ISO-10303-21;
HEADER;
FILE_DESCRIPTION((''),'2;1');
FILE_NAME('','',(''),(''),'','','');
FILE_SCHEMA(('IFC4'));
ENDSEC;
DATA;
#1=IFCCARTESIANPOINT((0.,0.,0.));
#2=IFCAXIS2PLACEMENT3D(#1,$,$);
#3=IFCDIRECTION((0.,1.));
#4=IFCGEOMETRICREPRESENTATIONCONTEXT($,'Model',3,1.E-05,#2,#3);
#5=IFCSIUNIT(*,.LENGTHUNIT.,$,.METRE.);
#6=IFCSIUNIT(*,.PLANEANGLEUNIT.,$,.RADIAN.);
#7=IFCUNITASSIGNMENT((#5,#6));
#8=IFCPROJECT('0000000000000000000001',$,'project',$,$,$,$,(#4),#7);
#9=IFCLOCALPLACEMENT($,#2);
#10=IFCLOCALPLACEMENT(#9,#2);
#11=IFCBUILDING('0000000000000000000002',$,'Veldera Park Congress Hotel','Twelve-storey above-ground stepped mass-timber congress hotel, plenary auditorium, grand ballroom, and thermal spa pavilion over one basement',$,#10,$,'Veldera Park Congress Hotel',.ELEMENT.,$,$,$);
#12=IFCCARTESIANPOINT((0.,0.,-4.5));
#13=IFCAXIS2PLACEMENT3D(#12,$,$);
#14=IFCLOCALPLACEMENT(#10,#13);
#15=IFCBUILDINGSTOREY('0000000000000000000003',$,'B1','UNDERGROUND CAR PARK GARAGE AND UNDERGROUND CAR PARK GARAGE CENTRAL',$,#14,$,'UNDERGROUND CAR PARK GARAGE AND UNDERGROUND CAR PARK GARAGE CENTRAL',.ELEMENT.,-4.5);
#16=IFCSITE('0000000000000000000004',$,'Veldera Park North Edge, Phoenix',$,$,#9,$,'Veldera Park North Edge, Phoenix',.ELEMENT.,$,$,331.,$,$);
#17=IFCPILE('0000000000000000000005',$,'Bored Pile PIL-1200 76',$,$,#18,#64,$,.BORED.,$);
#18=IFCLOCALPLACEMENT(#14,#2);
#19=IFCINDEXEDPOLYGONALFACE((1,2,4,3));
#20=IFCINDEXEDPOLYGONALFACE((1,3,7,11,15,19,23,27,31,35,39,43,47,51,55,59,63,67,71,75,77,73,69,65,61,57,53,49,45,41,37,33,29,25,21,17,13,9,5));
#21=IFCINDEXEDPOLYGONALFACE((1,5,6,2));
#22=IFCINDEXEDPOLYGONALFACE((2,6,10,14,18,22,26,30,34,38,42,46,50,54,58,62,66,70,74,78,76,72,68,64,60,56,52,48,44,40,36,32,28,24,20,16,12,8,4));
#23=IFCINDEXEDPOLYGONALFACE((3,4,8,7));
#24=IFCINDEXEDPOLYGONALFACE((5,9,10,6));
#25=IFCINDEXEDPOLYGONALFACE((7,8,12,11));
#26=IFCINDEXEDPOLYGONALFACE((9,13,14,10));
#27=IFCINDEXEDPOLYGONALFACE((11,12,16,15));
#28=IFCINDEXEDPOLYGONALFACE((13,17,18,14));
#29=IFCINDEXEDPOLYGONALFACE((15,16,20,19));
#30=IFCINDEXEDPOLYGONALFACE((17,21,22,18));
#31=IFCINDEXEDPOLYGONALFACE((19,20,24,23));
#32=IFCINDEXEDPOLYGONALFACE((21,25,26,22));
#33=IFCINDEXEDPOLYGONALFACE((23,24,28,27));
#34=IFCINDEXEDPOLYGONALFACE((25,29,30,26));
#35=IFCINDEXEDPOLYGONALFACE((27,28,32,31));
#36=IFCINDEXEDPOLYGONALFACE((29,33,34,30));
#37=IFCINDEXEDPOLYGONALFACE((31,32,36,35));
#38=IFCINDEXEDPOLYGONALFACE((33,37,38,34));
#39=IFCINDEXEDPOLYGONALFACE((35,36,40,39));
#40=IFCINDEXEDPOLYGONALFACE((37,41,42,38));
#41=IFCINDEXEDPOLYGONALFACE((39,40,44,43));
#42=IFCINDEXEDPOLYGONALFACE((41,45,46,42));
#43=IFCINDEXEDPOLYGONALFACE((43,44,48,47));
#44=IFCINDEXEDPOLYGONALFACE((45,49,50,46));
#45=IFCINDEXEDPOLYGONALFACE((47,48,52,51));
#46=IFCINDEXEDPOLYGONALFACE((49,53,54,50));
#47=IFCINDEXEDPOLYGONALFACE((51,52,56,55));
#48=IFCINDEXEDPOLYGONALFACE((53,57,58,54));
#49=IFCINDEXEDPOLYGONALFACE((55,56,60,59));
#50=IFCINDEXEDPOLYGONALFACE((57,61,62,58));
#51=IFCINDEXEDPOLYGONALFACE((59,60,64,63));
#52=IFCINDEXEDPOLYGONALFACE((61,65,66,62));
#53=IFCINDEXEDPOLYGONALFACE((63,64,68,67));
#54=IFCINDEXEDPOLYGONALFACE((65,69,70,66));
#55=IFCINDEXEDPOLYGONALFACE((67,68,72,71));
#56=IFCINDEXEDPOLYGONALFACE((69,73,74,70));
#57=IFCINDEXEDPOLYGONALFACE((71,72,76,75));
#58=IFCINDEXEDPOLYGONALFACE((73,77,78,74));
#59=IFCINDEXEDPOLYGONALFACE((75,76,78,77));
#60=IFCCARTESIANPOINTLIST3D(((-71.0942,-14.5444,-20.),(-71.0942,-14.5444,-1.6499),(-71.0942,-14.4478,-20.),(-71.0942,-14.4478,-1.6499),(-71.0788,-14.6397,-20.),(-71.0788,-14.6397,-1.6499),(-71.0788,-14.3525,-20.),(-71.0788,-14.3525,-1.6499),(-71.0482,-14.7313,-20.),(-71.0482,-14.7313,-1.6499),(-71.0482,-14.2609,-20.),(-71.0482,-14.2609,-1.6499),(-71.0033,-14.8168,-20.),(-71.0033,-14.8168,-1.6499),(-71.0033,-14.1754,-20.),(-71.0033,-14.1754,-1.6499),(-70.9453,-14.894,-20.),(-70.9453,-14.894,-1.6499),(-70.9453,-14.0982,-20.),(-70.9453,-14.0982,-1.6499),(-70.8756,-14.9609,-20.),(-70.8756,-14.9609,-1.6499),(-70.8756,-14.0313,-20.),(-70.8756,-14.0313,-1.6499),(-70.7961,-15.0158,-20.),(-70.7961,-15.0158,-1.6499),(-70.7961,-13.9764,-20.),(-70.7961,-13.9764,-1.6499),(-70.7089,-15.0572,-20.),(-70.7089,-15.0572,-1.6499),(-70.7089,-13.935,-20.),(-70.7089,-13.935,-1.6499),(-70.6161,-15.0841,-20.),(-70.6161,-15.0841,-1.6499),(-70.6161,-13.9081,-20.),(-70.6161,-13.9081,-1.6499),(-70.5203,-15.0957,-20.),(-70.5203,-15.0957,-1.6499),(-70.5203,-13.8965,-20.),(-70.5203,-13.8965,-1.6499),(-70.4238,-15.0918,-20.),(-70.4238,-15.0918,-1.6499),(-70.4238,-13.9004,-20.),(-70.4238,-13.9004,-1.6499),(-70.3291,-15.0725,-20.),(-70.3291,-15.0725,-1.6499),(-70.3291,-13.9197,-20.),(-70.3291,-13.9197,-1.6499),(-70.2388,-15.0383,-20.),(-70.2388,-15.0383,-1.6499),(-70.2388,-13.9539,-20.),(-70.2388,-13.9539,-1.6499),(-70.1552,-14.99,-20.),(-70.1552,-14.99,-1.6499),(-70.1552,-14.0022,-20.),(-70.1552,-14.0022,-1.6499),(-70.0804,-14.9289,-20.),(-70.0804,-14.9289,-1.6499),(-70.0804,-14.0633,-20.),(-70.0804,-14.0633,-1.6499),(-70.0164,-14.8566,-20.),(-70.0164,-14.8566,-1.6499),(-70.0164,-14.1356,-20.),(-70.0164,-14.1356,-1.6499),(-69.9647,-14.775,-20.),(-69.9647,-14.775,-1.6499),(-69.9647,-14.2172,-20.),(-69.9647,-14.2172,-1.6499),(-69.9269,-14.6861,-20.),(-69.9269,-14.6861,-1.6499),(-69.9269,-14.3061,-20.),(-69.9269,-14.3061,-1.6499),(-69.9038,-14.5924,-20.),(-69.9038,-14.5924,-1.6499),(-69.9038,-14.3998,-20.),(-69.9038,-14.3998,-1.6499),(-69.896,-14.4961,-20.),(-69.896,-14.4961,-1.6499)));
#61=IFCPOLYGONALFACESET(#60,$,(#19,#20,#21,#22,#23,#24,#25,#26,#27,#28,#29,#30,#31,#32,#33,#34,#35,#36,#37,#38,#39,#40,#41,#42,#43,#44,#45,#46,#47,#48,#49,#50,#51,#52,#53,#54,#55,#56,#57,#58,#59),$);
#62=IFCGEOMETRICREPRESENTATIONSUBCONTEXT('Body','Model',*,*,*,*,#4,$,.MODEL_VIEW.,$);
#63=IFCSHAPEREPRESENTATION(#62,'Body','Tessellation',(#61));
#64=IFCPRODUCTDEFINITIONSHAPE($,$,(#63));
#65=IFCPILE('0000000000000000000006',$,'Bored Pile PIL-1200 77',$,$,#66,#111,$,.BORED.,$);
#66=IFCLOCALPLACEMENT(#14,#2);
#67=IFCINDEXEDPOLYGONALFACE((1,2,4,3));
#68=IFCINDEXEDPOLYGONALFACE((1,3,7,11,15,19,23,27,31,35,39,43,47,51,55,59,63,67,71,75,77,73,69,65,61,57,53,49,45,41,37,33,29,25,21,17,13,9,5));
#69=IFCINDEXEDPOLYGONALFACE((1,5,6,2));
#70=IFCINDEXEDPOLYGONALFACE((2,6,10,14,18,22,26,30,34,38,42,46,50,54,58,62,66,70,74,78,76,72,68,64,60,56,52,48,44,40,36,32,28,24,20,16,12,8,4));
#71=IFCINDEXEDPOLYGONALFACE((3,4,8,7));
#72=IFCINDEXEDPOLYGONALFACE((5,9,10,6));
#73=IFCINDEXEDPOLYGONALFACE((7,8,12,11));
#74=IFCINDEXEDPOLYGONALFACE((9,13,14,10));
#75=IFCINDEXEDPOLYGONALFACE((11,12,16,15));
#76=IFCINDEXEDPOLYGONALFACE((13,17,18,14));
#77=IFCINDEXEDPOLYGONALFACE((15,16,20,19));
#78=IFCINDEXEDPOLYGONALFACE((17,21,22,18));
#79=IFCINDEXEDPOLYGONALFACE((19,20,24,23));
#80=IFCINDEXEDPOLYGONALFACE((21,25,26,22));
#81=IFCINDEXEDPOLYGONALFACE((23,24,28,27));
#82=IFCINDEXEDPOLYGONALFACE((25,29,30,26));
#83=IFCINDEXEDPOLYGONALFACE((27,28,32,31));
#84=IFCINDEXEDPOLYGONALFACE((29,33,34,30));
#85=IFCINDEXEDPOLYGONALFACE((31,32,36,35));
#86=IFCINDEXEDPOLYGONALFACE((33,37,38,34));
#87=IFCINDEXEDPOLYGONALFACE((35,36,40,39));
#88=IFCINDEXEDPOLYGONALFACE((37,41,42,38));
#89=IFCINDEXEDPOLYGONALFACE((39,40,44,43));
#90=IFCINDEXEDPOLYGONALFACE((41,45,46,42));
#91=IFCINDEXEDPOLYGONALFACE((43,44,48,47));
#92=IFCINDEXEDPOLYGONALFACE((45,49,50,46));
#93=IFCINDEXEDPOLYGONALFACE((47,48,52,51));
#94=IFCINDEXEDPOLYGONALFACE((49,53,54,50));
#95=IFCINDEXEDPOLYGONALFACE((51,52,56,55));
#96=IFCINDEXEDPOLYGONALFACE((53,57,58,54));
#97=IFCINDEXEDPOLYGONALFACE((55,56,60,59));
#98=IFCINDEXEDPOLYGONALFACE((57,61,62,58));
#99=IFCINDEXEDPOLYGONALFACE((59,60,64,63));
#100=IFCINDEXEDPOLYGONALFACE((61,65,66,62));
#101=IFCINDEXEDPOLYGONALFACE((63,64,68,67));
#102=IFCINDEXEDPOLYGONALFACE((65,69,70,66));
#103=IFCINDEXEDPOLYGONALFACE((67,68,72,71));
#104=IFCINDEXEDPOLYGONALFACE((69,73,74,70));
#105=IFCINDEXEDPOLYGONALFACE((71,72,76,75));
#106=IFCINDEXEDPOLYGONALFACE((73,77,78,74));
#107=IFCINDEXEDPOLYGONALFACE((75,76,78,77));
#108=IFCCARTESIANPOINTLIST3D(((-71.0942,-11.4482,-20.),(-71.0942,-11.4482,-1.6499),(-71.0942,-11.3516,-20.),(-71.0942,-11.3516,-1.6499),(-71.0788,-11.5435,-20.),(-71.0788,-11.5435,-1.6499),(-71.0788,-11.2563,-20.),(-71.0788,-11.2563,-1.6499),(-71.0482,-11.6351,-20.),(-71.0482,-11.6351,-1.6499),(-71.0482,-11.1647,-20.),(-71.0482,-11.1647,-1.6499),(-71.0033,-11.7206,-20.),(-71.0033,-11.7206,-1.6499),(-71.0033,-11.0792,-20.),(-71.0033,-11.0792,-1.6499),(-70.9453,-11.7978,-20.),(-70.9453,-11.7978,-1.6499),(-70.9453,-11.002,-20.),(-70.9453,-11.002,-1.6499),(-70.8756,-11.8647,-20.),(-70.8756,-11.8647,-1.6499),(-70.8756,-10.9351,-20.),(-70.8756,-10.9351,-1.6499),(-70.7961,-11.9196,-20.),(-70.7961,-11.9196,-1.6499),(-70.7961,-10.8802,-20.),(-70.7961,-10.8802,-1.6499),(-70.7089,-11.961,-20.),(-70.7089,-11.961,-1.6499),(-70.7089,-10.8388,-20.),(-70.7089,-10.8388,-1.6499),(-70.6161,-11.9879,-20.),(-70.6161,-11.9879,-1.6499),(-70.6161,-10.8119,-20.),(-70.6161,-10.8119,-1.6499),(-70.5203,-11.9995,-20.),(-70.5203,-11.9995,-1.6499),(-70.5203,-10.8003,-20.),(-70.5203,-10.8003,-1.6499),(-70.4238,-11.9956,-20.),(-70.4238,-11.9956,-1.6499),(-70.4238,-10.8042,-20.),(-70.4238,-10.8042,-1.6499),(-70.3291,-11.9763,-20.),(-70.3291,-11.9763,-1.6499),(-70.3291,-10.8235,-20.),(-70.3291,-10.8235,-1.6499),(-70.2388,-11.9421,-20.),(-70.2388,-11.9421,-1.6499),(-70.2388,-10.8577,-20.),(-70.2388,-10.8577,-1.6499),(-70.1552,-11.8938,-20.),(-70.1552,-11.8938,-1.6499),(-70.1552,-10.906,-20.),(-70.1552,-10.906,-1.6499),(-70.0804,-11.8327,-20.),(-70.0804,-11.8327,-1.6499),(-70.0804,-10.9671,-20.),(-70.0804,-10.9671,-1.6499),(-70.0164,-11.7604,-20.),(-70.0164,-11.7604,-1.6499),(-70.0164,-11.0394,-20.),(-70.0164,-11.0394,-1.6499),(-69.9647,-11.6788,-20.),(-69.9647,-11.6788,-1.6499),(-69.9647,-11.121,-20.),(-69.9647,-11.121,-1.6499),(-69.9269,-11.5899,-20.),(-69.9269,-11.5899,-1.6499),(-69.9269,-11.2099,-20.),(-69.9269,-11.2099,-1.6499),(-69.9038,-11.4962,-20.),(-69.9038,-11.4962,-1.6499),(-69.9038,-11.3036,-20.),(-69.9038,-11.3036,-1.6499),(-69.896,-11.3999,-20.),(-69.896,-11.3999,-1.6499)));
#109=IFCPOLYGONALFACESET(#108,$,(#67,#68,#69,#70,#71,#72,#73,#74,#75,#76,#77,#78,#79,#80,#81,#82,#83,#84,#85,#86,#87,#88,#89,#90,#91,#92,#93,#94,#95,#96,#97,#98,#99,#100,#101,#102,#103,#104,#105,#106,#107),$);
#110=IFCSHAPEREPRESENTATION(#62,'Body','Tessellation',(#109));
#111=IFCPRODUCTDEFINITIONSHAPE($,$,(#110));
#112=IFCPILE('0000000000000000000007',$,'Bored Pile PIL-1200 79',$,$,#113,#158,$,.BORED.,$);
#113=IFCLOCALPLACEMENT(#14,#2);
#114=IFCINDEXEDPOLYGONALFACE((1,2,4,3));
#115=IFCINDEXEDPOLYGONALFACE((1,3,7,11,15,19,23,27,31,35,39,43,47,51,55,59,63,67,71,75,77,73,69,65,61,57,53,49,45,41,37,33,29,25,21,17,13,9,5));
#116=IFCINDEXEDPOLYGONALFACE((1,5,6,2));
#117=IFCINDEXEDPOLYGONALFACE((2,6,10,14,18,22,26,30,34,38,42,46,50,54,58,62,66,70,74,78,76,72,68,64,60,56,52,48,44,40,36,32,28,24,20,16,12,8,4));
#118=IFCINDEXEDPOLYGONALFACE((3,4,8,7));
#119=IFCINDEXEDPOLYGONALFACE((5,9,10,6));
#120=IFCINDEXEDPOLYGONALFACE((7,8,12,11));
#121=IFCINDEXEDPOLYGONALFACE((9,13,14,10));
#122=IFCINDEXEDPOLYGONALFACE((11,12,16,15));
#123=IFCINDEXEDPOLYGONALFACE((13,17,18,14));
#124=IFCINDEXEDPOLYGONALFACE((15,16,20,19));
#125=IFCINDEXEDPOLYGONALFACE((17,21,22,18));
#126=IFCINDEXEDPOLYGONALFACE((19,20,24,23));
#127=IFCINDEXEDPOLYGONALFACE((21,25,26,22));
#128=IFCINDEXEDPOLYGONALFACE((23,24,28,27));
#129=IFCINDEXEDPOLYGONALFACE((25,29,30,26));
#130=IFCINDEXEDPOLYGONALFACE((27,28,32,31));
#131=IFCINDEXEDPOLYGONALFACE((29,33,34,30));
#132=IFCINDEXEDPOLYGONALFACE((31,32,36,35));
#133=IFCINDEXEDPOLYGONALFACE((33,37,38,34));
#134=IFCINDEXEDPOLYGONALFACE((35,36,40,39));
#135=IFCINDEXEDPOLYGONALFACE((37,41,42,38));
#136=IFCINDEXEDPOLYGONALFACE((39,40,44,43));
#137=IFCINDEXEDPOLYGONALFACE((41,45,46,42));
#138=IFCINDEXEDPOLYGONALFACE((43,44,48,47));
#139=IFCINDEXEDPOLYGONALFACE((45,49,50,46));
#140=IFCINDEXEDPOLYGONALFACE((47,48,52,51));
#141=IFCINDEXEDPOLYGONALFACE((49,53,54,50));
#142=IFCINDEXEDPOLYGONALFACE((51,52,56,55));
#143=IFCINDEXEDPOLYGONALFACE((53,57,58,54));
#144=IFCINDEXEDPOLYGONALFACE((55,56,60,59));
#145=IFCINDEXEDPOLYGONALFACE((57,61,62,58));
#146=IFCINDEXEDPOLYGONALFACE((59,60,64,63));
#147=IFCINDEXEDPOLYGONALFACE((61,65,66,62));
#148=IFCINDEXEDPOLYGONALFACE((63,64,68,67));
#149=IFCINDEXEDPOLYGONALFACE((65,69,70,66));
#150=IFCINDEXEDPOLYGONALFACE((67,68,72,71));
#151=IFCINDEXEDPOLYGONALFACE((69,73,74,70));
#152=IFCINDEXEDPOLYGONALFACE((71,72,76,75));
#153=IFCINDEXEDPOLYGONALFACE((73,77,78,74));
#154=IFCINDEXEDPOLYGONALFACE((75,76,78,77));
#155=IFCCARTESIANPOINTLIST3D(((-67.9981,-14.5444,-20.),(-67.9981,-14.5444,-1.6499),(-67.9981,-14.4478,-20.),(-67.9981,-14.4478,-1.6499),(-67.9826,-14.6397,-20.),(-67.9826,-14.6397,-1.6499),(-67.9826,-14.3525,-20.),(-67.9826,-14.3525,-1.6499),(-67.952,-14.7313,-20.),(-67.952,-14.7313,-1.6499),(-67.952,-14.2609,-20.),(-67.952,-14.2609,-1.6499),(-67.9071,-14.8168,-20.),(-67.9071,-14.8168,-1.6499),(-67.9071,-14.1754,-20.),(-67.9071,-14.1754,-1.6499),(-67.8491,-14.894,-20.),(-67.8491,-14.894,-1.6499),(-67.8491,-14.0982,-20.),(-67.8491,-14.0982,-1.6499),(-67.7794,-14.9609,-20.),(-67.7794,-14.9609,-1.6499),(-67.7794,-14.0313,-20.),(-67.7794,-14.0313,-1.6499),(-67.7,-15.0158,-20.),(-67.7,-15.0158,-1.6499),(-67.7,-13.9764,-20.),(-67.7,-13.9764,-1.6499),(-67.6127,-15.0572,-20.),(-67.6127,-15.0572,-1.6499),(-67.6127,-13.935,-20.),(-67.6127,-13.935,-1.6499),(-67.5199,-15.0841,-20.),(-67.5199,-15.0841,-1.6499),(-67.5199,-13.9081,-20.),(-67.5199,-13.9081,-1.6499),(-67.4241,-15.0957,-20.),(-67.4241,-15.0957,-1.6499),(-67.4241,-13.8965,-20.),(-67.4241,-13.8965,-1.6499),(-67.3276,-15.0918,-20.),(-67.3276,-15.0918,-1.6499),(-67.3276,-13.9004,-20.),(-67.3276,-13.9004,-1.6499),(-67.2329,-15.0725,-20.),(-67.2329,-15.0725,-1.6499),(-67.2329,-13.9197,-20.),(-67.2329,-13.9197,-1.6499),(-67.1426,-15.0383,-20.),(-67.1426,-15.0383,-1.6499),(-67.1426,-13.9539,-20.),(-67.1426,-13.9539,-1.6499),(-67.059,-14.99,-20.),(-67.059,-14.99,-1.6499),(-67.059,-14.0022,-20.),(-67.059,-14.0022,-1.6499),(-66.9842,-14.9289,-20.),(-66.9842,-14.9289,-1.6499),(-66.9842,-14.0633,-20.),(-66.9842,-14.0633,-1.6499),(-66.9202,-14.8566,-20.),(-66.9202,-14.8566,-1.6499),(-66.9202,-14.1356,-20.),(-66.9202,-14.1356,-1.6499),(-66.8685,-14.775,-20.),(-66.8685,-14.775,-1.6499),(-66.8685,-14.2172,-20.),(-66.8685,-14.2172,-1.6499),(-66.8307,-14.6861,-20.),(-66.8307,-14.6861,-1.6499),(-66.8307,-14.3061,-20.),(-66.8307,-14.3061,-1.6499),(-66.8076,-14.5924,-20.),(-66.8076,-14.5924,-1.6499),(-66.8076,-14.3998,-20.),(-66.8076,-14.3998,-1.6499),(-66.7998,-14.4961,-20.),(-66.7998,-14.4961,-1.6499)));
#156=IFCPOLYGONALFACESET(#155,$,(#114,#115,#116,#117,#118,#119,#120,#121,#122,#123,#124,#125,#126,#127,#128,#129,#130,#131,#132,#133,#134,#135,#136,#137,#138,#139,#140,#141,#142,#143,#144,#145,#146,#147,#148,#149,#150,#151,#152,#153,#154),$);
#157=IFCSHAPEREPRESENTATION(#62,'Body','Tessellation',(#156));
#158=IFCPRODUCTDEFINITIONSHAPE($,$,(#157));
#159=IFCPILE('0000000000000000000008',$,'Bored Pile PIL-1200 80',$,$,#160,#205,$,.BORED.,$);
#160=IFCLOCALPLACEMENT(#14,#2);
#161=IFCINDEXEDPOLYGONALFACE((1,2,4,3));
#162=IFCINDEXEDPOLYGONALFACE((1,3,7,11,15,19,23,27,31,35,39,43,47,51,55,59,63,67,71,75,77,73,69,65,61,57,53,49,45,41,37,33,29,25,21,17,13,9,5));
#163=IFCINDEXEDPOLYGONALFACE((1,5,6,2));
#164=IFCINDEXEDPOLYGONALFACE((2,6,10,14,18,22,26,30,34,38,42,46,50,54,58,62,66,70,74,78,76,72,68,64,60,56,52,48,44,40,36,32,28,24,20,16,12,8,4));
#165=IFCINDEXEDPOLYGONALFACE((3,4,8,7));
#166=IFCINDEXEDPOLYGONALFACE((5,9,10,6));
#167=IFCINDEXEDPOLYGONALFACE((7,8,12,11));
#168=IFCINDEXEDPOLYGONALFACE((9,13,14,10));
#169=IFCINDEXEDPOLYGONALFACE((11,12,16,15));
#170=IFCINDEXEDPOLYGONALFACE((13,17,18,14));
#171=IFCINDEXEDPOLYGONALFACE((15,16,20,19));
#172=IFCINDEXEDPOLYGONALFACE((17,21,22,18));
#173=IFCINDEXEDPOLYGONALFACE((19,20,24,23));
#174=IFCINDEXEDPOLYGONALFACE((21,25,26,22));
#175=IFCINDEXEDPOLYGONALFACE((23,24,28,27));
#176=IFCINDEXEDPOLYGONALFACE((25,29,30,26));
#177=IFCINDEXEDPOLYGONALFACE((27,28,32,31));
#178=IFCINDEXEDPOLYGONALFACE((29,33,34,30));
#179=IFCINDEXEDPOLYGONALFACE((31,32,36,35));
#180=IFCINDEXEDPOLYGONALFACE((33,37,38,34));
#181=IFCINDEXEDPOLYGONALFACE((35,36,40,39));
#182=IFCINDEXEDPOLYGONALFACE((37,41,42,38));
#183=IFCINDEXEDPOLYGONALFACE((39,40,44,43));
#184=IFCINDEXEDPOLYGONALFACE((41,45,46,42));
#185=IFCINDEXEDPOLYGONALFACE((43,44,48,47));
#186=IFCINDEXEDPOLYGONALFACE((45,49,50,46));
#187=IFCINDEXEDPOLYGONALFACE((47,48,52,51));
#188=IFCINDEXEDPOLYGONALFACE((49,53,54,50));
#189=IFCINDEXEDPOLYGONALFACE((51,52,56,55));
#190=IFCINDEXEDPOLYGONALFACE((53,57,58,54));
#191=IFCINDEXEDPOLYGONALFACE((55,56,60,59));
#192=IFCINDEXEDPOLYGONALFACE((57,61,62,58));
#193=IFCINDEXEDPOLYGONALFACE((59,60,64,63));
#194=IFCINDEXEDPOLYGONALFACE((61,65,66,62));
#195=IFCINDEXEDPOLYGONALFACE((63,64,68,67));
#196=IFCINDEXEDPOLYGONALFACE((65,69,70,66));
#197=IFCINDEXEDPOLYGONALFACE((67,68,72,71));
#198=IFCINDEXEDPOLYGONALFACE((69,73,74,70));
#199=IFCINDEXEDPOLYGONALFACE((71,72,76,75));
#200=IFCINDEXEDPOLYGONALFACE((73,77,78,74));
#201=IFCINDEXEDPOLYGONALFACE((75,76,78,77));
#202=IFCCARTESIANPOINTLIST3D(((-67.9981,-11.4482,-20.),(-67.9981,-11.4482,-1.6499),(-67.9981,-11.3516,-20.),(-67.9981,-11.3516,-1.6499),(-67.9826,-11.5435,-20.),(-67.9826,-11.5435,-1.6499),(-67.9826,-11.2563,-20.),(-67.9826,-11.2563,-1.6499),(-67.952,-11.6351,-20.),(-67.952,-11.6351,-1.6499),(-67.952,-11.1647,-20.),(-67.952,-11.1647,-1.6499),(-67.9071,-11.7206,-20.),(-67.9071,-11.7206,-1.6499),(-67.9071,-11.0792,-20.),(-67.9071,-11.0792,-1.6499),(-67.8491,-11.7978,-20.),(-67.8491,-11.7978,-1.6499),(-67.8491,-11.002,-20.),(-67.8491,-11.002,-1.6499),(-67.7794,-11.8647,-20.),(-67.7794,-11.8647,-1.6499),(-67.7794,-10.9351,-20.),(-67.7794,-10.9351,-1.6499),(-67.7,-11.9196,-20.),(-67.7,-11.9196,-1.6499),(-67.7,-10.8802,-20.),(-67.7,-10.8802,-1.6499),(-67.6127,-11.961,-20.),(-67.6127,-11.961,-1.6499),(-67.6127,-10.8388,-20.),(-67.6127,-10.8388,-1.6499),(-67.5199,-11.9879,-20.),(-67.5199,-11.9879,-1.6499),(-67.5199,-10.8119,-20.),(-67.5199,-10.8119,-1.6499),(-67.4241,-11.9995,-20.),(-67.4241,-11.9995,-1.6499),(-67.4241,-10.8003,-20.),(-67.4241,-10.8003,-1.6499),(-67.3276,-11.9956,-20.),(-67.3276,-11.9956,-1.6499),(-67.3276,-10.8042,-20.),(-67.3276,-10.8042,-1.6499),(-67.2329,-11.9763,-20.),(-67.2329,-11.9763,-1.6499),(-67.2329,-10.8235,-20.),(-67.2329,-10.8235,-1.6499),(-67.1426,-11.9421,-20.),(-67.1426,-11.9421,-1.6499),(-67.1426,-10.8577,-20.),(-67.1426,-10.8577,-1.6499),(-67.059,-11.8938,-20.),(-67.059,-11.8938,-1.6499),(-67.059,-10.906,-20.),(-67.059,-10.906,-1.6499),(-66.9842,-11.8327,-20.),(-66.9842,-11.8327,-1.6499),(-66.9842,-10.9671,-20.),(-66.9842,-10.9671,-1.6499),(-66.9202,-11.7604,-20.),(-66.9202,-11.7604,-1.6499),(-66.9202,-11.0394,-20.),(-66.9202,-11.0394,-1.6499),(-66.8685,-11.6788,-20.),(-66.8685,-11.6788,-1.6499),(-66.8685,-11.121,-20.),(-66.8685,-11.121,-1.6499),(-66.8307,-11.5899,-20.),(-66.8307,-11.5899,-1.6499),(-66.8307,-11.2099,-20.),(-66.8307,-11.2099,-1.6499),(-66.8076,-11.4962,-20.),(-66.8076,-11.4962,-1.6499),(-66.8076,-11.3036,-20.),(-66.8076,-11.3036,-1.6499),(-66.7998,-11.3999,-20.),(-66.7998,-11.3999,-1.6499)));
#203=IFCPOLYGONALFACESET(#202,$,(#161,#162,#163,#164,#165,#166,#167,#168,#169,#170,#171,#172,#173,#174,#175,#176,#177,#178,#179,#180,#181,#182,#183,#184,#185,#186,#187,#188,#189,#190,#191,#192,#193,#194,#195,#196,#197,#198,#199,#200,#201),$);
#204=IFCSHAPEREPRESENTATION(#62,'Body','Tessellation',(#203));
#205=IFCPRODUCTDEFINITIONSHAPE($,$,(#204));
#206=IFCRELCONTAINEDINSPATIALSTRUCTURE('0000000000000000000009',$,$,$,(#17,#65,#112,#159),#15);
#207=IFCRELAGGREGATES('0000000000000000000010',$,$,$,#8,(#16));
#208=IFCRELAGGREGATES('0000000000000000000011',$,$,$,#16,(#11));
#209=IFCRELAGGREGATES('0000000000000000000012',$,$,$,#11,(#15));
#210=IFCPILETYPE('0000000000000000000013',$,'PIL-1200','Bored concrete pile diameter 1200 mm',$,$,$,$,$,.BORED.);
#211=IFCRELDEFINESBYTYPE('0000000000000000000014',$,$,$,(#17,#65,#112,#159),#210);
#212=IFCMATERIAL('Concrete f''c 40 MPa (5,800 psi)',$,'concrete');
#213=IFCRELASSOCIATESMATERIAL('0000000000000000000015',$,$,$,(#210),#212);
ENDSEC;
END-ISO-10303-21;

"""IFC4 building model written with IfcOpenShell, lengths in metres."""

from ifc_helpers import new_model, si_unit, direction, frame, origin, origin_2d, place, context, subcontext, project, spatial, circle, extrude, material, material_profile, profile_set, type_object, element, save


model = new_model("IFC4")

# Units and contexts
model_context = context("Model", 3, precision=1e-05, world=origin(), true_north=direction((0.0, 1.0)))
body_context = subcontext(model_context, "Body", "Model", "MODEL_VIEW")
ifc_project = project(units=[si_unit("LENGTHUNIT", "METRE"), si_unit("PLANEANGLEUNIT", "RADIAN")], contexts=[model_context])

# Site, building, storey
site_placement = place(None, origin())
site = spatial("IfcSite", under=ifc_project, at=site_placement, Name="Veldera Park North Edge, Phoenix", LongName="Veldera Park North Edge, Phoenix", CompositionType="ELEMENT", RefElevation=331.0)
building_placement = place(site_placement, origin())
building = spatial("IfcBuilding", under=site, at=building_placement, Name="Veldera Park Congress Hotel", Description="Twelve-storey above-ground stepped mass-timber congress hotel, plenary auditorium, grand ballroom, and thermal spa pavilion over one basement", LongName="Veldera Park Congress Hotel", CompositionType="ELEMENT")
storey_placement = place(building_placement, frame((0.0, 0.0, -4.5)))
storey = spatial("IfcBuildingStorey", under=building, at=storey_placement, Name="B1", Description="UNDERGROUND CAR PARK GARAGE AND UNDERGROUND CAR PARK GARAGE CENTRAL", LongName="UNDERGROUND CAR PARK GARAGE AND UNDERGROUND CAR PARK GARAGE CENTRAL", CompositionType="ELEMENT", Elevation=-4.5)

# Shared definitions
ifc_material_1 = material(Name="Concrete f'c 40 MPa (5,800 psi)", Category="concrete")

# Piles
ifc_material_profile_1 = material_profile(ifc_material_1, circle(Radius=0.6001, at=origin_2d()), Name="PILE D1200")
ifc_profile_set_1 = profile_set([ifc_material_profile_1], Name="Concrete f'c 40 MPa (5,800 psi)")
pile_type_1 = type_object("IfcPileType", Name="PIL-1200", Description="Bored concrete pile diameter 1200 mm", PredefinedType="BORED", material=ifc_profile_set_1)
for number, where, z_axis, x_axis, name in (
    (1, (-70.4961, -14.4961, -1.6499), (0.0, 0.0, -1.0), (1.0, 0.0, 0.0), "Bored Pile PIL-1200 76"),
    (2, (-70.4961, -11.3999, -1.6499), (0.0, 0.0, -1.0), (1.0, 0.0, 0.0), "Bored Pile PIL-1200 77"),
    (3, (-67.3999, -14.4961, -1.6499), (0.0, 0.0, -1.0), (1.0, 0.0, 0.0), "Bored Pile PIL-1200 79"),
    (4, (-67.3999, -11.3999, -1.6499), (0.0, 0.0, -1.0), (1.0, 0.0, 0.0), "Bored Pile PIL-1200 80"),
):
    element("IfcPile", number, at=place(storey_placement, frame(where, z_axis=z_axis, x_axis=x_axis)), inside=storey, type_object=pile_type_1, Name=name, PredefinedType="BORED", context=body_context, shape_type="SweptSolid", body=[
        extrude(circle(Radius=0.6001, at=origin_2d()), origin(), (0.0, 0.0, 1.0), 18.3501),
    ])

save(model, "model.ifc")
